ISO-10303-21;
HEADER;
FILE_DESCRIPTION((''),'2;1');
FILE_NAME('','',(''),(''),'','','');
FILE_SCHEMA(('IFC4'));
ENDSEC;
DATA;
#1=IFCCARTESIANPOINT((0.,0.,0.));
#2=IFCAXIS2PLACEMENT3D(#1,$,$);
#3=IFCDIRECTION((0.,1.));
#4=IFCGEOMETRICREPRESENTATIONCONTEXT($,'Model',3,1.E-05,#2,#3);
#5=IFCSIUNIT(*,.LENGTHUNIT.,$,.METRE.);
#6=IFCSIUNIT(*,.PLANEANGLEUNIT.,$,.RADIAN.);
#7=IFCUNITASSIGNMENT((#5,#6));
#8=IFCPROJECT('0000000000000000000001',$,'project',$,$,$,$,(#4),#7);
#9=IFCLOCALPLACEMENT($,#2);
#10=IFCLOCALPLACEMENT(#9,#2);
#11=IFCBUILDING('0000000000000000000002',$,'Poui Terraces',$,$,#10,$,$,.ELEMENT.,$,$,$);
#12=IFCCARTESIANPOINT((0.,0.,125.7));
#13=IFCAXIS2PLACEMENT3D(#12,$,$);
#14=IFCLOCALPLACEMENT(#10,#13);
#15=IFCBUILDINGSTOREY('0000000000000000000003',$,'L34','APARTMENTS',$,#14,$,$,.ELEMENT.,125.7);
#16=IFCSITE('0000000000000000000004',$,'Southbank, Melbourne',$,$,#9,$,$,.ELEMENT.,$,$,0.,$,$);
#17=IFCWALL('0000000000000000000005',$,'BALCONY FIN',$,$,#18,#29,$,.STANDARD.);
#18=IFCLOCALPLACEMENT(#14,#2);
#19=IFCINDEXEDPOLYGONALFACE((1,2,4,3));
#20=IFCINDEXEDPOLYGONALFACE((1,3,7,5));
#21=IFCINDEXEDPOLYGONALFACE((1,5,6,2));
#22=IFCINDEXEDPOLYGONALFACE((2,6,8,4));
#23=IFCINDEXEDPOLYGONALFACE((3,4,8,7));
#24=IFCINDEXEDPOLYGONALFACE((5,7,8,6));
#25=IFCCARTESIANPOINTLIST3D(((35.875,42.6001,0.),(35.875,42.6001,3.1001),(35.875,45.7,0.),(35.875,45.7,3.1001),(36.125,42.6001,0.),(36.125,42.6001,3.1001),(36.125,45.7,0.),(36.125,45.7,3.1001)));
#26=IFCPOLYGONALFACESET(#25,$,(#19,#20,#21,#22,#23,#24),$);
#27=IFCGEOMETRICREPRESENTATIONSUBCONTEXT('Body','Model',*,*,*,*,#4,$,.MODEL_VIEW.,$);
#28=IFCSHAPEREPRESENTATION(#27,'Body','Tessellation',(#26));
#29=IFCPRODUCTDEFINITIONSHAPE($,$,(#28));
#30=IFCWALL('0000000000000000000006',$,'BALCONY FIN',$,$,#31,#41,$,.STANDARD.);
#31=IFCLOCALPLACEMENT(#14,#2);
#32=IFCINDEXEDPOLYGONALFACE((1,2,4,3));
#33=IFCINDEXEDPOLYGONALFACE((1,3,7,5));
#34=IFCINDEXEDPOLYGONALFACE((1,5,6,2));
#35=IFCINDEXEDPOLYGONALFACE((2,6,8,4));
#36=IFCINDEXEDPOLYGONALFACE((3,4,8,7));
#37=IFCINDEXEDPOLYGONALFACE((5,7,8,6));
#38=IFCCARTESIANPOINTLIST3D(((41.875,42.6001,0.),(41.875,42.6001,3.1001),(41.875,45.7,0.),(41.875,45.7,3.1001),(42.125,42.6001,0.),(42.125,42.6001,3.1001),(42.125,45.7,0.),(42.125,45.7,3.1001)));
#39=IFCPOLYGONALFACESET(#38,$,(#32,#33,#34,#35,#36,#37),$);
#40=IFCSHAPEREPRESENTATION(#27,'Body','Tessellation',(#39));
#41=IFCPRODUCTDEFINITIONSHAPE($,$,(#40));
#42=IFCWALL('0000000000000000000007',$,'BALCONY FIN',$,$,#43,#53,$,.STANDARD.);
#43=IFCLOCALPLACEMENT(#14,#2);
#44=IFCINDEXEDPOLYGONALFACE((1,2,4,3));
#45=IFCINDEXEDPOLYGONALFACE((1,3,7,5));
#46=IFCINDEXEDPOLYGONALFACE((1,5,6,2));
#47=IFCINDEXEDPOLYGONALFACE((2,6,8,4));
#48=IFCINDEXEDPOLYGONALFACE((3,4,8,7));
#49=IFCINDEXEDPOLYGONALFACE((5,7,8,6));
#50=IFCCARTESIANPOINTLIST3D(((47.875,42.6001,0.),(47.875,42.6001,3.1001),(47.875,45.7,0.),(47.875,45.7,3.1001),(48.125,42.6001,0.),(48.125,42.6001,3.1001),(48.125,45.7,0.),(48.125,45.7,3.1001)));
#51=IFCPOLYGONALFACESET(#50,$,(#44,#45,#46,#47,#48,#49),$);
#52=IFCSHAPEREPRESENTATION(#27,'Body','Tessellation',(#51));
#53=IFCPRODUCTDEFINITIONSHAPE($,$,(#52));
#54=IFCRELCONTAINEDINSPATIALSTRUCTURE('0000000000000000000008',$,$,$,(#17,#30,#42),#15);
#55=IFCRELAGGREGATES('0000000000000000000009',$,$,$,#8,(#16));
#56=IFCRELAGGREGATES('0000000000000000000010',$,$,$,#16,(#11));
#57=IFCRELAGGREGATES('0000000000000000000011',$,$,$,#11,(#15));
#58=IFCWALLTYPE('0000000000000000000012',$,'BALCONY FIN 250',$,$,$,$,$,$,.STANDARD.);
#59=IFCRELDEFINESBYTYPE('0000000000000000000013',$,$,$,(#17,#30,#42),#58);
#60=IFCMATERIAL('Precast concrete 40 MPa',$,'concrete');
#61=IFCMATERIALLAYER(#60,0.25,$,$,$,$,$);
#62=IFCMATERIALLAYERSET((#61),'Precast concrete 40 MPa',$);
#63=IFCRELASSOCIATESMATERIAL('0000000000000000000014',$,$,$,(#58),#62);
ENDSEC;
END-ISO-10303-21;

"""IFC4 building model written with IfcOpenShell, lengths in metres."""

from ifc_helpers import new_model, si_unit, direction, frame, origin, place, context, subcontext, project, spatial, polyline, outline, extrude, source, transform, mapped, material, layer, layer_set, type_object, element, save


model = new_model("IFC4")

# Units and contexts
model_context = context("Model", 3, precision=1e-05, world=origin(), true_north=direction((0.0, 1.0)))
body_context = subcontext(model_context, "Body", "Model", "MODEL_VIEW")
ifc_project = project(units=[si_unit("LENGTHUNIT", "METRE"), si_unit("PLANEANGLEUNIT", "RADIAN")], contexts=[model_context])

# Site, building, storey
site_placement = place(None, origin())
site = spatial("IfcSite", under=ifc_project, at=site_placement, Name="Southbank, Melbourne", CompositionType="ELEMENT", RefElevation=0.0)
building_placement = place(site_placement, origin())
building = spatial("IfcBuilding", under=site, at=building_placement, Name="Poui Terraces", CompositionType="ELEMENT")
storey_placement = place(building_placement, frame((0.0, 0.0, 125.7)))
storey = spatial("IfcBuildingStorey", under=building, at=storey_placement, Name="L34", Description="APARTMENTS", CompositionType="ELEMENT", Elevation=125.7)

# Walls
ifc_material_1 = material(Name="Precast concrete 40 MPa", Category="concrete")
ifc_layer_1 = layer(ifc_material_1, 0.25)
ifc_layer_set_1 = layer_set([ifc_layer_1], Name="Precast concrete 40 MPa")
wall_type_1 = type_object("IfcWallType", Name="BALCONY FIN 250", PredefinedType="STANDARD", material=ifc_layer_set_1)
shared_shape_1 = source(origin(), body_context, "Body", "SweptSolid", [
    extrude(outline(polyline([(0.0, 0.0), (0.25, 0.0), (0.25, 3.0999), (0.0, 3.0999), (0.0, 0.0)])), origin(), (0.0, 0.0, 1.0), 3.1001),
])
for number, where, name in (
    (1, (35.875, 42.6001, 0.0), "BALCONY FIN"),
    (2, (41.875, 42.6001, 0.0), "BALCONY FIN"),
    (3, (47.875, 42.6001, 0.0), "BALCONY FIN"),
):
    element("IfcWall", number, at=place(storey_placement, frame(where)), inside=storey, type_object=wall_type_1, Name=name, PredefinedType="STANDARD", context=body_context, shape_type="MappedRepresentation", body=[
        mapped(shared_shape_1, transform((0.0, 0.0, 0.0))),
    ])

save(model, "model.ifc")
